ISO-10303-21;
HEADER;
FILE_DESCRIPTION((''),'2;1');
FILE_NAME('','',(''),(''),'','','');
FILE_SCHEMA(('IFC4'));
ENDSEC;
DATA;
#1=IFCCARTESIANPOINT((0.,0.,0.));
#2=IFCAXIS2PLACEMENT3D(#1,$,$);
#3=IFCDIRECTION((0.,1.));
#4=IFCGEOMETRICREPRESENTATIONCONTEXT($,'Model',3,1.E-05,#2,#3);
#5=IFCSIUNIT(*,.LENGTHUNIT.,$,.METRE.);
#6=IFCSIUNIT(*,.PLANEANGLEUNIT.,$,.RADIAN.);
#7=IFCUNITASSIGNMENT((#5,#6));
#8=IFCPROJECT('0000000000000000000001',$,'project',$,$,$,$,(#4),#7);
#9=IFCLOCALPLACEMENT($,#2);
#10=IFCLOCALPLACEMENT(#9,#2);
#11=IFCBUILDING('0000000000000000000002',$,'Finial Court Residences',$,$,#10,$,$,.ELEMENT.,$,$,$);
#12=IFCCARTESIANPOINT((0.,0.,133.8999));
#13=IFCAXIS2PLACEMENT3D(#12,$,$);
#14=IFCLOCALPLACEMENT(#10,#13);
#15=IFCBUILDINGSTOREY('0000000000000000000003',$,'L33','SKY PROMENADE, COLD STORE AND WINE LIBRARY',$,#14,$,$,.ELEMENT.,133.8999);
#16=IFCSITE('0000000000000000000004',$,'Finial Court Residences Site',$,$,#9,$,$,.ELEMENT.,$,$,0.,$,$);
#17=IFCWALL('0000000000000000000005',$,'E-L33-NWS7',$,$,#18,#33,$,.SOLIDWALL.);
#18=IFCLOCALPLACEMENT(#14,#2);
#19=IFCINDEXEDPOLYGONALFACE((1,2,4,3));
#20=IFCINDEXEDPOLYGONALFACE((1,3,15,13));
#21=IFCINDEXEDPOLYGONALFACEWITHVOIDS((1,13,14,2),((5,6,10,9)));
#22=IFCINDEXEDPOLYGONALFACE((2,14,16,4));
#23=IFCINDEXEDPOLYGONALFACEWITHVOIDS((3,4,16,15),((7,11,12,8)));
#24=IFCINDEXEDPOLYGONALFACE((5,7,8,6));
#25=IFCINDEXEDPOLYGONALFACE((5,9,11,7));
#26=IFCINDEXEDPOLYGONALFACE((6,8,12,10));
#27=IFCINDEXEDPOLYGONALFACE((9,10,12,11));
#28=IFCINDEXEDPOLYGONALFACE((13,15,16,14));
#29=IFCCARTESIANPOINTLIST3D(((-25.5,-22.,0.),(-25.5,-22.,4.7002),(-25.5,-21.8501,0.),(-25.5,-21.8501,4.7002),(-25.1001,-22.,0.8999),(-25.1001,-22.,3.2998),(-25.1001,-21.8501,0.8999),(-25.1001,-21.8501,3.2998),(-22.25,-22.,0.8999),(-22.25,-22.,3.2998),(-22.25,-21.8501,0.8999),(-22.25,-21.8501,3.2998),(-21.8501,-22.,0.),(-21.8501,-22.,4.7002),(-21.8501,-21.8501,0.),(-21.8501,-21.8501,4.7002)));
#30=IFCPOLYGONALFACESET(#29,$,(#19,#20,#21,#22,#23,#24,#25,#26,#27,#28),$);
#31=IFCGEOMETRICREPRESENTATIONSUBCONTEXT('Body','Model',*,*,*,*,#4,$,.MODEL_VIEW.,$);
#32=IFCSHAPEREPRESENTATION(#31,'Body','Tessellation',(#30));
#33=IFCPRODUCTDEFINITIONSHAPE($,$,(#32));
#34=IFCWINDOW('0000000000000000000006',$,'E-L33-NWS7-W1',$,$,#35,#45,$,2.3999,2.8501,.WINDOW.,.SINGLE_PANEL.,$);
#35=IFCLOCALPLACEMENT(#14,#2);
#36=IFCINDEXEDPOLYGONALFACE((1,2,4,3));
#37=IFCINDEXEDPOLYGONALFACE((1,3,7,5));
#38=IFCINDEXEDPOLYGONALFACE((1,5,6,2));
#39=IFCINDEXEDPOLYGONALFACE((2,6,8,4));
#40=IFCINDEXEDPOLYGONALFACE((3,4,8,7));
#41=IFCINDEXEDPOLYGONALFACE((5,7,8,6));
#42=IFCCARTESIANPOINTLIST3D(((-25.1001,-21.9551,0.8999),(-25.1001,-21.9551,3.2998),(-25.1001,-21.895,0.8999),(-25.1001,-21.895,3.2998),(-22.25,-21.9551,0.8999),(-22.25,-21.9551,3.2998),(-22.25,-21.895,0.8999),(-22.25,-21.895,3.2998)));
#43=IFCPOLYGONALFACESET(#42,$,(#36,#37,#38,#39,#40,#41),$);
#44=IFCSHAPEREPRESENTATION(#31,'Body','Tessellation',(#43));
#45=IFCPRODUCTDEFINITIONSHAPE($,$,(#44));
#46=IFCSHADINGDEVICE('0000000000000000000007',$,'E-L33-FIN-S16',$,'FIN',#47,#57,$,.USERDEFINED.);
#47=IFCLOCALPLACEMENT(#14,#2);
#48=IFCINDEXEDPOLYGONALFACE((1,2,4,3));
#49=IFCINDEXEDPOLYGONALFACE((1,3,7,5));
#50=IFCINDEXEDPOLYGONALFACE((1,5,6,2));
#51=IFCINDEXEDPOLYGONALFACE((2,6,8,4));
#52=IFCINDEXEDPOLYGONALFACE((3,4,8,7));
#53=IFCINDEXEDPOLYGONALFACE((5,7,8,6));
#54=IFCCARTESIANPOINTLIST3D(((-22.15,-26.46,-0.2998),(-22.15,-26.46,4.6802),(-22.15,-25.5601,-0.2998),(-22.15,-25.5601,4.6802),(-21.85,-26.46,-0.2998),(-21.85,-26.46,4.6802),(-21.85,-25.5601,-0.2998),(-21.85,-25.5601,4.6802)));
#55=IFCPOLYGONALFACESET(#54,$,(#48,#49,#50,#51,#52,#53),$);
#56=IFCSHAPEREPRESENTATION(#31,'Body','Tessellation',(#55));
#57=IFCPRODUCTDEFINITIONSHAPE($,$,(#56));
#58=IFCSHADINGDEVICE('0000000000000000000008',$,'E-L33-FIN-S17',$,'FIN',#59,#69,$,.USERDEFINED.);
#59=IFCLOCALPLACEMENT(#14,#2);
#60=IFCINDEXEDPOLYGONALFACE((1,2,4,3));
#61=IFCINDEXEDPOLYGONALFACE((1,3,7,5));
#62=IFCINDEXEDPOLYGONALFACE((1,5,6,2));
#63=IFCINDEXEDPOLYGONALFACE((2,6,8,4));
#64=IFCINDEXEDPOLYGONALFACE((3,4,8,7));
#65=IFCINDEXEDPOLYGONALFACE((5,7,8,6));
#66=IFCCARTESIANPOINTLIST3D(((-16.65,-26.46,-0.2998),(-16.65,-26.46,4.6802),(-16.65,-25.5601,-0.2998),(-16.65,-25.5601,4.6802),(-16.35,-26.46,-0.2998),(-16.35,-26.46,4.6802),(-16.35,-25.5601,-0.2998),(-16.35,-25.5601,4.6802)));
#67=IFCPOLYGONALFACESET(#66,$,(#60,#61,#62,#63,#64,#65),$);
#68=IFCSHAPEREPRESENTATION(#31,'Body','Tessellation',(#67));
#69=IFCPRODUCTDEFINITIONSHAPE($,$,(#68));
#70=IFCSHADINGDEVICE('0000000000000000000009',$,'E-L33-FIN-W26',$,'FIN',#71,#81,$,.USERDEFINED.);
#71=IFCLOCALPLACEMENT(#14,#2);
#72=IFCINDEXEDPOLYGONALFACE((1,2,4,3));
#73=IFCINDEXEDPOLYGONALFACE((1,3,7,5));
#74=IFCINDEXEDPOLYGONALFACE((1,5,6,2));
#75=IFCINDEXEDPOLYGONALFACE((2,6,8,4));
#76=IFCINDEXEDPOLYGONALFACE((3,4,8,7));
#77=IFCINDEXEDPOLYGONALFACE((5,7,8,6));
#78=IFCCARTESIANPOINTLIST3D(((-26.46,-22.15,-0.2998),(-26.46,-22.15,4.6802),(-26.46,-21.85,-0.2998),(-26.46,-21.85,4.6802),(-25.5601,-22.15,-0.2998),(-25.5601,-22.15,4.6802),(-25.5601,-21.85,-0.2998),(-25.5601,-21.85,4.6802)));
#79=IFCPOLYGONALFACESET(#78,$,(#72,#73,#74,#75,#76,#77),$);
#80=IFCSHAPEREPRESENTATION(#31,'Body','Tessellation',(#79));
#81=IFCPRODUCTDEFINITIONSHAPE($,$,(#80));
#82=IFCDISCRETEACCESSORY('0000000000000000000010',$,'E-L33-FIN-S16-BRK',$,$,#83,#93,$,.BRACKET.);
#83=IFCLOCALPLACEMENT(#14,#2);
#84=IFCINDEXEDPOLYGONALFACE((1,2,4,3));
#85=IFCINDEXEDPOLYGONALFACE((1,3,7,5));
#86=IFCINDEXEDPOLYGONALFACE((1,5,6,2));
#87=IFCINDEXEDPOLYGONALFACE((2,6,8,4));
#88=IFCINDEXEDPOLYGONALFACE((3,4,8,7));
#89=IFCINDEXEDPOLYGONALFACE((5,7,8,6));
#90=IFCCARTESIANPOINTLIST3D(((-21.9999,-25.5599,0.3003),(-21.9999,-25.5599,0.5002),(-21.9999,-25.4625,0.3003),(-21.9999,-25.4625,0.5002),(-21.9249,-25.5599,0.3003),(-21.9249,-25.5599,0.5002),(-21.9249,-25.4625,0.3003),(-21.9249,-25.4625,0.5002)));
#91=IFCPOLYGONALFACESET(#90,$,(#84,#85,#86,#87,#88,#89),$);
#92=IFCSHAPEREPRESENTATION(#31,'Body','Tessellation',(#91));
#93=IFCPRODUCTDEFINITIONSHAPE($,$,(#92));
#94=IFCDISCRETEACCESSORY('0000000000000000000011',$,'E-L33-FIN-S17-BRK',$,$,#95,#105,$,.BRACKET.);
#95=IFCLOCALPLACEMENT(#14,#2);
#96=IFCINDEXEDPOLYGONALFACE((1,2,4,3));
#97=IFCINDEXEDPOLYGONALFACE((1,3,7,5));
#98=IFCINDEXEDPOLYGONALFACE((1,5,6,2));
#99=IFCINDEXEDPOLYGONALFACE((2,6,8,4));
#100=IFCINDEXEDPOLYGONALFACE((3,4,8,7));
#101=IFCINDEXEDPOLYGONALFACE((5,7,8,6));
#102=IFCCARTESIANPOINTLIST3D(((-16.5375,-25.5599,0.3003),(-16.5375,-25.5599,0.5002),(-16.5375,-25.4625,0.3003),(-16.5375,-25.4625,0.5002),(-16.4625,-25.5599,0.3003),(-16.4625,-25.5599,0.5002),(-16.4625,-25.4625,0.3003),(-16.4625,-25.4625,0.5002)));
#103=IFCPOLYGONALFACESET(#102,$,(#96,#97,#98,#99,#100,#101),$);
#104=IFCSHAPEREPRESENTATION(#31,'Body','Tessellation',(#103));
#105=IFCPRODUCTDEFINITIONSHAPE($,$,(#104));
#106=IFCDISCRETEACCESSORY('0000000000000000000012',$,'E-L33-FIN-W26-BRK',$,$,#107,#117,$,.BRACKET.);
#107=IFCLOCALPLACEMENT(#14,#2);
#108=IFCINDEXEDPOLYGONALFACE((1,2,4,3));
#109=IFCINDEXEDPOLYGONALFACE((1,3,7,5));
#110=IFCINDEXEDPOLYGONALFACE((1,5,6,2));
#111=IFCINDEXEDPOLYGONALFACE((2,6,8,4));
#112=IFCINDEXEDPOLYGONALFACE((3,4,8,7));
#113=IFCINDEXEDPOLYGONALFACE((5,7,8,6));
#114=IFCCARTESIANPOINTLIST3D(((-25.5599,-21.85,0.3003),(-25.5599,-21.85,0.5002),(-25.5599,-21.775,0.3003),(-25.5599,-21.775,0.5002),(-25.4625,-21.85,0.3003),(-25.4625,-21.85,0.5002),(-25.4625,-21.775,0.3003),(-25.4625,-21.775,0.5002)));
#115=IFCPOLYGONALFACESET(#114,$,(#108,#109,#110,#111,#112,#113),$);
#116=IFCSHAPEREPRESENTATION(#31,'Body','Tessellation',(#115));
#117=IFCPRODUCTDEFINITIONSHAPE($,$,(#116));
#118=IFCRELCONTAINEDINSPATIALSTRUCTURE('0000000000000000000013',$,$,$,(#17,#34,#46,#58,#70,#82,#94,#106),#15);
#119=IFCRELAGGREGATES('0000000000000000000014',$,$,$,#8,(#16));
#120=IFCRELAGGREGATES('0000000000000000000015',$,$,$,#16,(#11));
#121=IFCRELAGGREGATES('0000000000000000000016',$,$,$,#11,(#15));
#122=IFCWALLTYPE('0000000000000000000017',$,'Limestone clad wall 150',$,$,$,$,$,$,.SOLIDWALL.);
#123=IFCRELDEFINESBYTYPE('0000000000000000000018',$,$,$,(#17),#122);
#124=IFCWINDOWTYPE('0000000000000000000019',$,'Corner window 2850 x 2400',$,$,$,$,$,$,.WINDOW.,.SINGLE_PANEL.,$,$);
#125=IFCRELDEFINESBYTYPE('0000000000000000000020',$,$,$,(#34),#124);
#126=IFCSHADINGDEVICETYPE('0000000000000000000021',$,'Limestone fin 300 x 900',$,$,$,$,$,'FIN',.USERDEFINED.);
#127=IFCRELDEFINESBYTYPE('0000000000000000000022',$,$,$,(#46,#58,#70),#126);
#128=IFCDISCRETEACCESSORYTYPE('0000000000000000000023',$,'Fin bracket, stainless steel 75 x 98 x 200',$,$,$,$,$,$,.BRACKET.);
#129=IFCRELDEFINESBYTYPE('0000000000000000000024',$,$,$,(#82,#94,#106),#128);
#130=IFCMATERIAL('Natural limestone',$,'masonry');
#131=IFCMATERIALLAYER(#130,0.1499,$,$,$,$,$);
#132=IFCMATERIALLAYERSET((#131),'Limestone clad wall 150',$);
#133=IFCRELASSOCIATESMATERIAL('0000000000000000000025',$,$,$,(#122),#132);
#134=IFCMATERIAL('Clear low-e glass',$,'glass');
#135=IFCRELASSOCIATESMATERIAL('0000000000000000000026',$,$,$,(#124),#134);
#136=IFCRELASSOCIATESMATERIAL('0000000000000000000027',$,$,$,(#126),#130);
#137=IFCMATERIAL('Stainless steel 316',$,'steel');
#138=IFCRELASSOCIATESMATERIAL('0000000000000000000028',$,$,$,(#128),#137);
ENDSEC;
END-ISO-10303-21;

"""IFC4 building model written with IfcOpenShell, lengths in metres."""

from ifc_helpers import new_model, si_unit, direction, frame, frame_2d, origin, origin_2d, place, context, subcontext, project, spatial, rectangle, extrude, material, layer, layer_set, type_object, element, fill, save


model = new_model("IFC4")

# Units and contexts
model_context = context("Model", 3, precision=1e-05, world=origin(), true_north=direction((0.0, 1.0)))
body_context = subcontext(model_context, "Body", "Model", "MODEL_VIEW")
ifc_project = project(units=[si_unit("LENGTHUNIT", "METRE"), si_unit("PLANEANGLEUNIT", "RADIAN")], contexts=[model_context])

# Site, building, storey
site_placement = place(None, origin())
site = spatial("IfcSite", under=ifc_project, at=site_placement, Name="Finial Court Residences Site", CompositionType="ELEMENT", RefElevation=0.0)
building_placement = place(site_placement, origin())
building = spatial("IfcBuilding", under=site, at=building_placement, Name="Finial Court Residences", CompositionType="ELEMENT")
storey_placement = place(building_placement, frame((0.0, 0.0, 133.8999)))
storey = spatial("IfcBuildingStorey", under=building, at=storey_placement, Name="L33", Description="SKY PROMENADE, COLD STORE AND WINE LIBRARY", CompositionType="ELEMENT", Elevation=133.8999)

# Shared definitions
ifc_material_1 = material(Name="Clear low-e glass", Category="glass")

# Wall, opening, window
ifc_material_2 = material(Name="Natural limestone", Category="masonry")
ifc_layer_1 = layer(ifc_material_2, 0.1499)
ifc_layer_set_1 = layer_set([ifc_layer_1], Name="Limestone clad wall 150")
wall_type = type_object("IfcWallType", Name="Limestone clad wall 150", PredefinedType="SOLIDWALL", material=ifc_layer_set_1)
wall_1_placement = place(storey_placement, frame((-21.8501, -21.925, 0.0), z_axis=(0.0, 0.0, 1.0), x_axis=(-1.0, 0.0, 0.0)))
wall_1 = element("IfcWall", 1, at=wall_1_placement, inside=storey, type_object=wall_type, Name="E-L33-NWS7", PredefinedType="SOLIDWALL", context=body_context, shape_type="SweptSolid", body=[
    extrude(rectangle(XDim=3.6499, YDim=0.1499, at=frame_2d((1.825, 0.0))), origin(), (0.0, 0.0, 1.0), 4.7002),
])
opening_1_placement = place(wall_1_placement, frame((0.3999, 0.0, 0.8999)))
opening_1 = element("IfcOpeningElement", 2, at=opening_1_placement, cuts=wall_1, PredefinedType="OPENING", context=body_context, shape_type="SweptSolid", body=[
    extrude(rectangle(XDim=2.8501, YDim=2.3999, at=frame_2d((1.425, 1.2))), frame((0.0, 0.085, 0.0), z_axis=(0.0, -1.0, 0.0), x_axis=(1.0, 0.0, 0.0)), (0.0, 0.0, 1.0), 0.1699),
])
window_type_1 = type_object("IfcWindowType", Name="Corner window 2850 x 2400", PartitioningType="SINGLE_PANEL", PredefinedType="WINDOW", material=ifc_material_1)
window_1_placement = place(opening_1_placement, origin())
window_1 = element("IfcWindow", 3, at=window_1_placement, inside=storey, type_object=window_type_1, Name="E-L33-NWS7-W1", OverallHeight=2.3999, OverallWidth=2.8501, PartitioningType="SINGLE_PANEL", PredefinedType="WINDOW", context=body_context, shape_type="SweptSolid", body=[
    extrude(rectangle(XDim=2.8501, YDim=2.3999, at=frame_2d((1.425, 1.2))), frame((0.0, 0.03, 0.0), z_axis=(0.0, -1.0, 0.0), x_axis=(1.0, 0.0, 0.0)), (0.0, 0.0, 1.0), 0.0601),
])
fill(opening_1, window_1)

# Shading devices
shading_device_type = type_object("IfcShadingDeviceType", Name="Limestone fin 300 x 900", ElementType="FIN", PredefinedType="USERDEFINED", material=ifc_material_2)
for number, where, z_axis, x_axis, name in (
    (4, (-22.0, -26.01, -0.2998), (0.0, 0.0, 1.0), (1.0, 0.0, 0.0), "E-L33-FIN-S16"),
    (5, (-16.5, -26.01, -0.2998), (0.0, 0.0, 1.0), (1.0, 0.0, 0.0), "E-L33-FIN-S17"),
):
    element("IfcShadingDevice", number, at=place(storey_placement, frame(where, z_axis=z_axis, x_axis=x_axis)), inside=storey, type_object=shading_device_type, Name=name, ObjectType="FIN", PredefinedType="USERDEFINED", context=body_context, shape_type="SweptSolid", body=[
        extrude(rectangle(XDim=0.3, YDim=0.8999, at=origin_2d()), origin(), (0.0, 0.0, 1.0), 4.98),
    ])
shading_device_placement = place(storey_placement, frame((-26.01, -22.0, -0.2998), z_axis=(0.0, 0.0, 1.0), x_axis=(1.0, 0.0, 0.0)))
element("IfcShadingDevice", 6, at=shading_device_placement, inside=storey, type_object=shading_device_type, Name="E-L33-FIN-W26", ObjectType="FIN", PredefinedType="USERDEFINED", context=body_context, shape_type="SweptSolid", body=[
    extrude(rectangle(XDim=0.8999, YDim=0.3, at=origin_2d()), origin(), (0.0, 0.0, 1.0), 4.98),
])

# Discrete accessories
ifc_material_3 = material(Name="Stainless steel 316", Category="steel")
discrete_accessory_type = type_object("IfcDiscreteAccessoryType", Name="Fin bracket, stainless steel 75 x 98 x 200", PredefinedType="BRACKET", material=ifc_material_3)
for number, where, z_axis, x_axis, name in (
    (7, (-21.9624, -25.5112, 0.3003), (0.0, 0.0, 1.0), (1.0, 0.0, 0.0), "E-L33-FIN-S16-BRK"),
    (8, (-16.5, -25.5112, 0.3003), (0.0, 0.0, 1.0), (1.0, 0.0, 0.0), "E-L33-FIN-S17-BRK"),
):
    element("IfcDiscreteAccessory", number, at=place(storey_placement, frame(where, z_axis=z_axis, x_axis=x_axis)), inside=storey, type_object=discrete_accessory_type, Name=name, PredefinedType="BRACKET", context=body_context, shape_type="SweptSolid", body=[
        extrude(rectangle(XDim=0.075, YDim=0.0974, at=origin_2d()), origin(), (0.0, 0.0, 1.0), 0.2),
    ])
discrete_accessory_placement = place(storey_placement, frame((-25.5112, -21.8125, 0.3003), z_axis=(0.0, 0.0, 1.0), x_axis=(1.0, 0.0, 0.0)))
element("IfcDiscreteAccessory", 9, at=discrete_accessory_placement, inside=storey, type_object=discrete_accessory_type, Name="E-L33-FIN-W26-BRK", PredefinedType="BRACKET", context=body_context, shape_type="SweptSolid", body=[
    extrude(rectangle(XDim=0.0974, YDim=0.075, at=origin_2d()), origin(), (0.0, 0.0, 1.0), 0.2),
])

save(model, "model.ifc")
